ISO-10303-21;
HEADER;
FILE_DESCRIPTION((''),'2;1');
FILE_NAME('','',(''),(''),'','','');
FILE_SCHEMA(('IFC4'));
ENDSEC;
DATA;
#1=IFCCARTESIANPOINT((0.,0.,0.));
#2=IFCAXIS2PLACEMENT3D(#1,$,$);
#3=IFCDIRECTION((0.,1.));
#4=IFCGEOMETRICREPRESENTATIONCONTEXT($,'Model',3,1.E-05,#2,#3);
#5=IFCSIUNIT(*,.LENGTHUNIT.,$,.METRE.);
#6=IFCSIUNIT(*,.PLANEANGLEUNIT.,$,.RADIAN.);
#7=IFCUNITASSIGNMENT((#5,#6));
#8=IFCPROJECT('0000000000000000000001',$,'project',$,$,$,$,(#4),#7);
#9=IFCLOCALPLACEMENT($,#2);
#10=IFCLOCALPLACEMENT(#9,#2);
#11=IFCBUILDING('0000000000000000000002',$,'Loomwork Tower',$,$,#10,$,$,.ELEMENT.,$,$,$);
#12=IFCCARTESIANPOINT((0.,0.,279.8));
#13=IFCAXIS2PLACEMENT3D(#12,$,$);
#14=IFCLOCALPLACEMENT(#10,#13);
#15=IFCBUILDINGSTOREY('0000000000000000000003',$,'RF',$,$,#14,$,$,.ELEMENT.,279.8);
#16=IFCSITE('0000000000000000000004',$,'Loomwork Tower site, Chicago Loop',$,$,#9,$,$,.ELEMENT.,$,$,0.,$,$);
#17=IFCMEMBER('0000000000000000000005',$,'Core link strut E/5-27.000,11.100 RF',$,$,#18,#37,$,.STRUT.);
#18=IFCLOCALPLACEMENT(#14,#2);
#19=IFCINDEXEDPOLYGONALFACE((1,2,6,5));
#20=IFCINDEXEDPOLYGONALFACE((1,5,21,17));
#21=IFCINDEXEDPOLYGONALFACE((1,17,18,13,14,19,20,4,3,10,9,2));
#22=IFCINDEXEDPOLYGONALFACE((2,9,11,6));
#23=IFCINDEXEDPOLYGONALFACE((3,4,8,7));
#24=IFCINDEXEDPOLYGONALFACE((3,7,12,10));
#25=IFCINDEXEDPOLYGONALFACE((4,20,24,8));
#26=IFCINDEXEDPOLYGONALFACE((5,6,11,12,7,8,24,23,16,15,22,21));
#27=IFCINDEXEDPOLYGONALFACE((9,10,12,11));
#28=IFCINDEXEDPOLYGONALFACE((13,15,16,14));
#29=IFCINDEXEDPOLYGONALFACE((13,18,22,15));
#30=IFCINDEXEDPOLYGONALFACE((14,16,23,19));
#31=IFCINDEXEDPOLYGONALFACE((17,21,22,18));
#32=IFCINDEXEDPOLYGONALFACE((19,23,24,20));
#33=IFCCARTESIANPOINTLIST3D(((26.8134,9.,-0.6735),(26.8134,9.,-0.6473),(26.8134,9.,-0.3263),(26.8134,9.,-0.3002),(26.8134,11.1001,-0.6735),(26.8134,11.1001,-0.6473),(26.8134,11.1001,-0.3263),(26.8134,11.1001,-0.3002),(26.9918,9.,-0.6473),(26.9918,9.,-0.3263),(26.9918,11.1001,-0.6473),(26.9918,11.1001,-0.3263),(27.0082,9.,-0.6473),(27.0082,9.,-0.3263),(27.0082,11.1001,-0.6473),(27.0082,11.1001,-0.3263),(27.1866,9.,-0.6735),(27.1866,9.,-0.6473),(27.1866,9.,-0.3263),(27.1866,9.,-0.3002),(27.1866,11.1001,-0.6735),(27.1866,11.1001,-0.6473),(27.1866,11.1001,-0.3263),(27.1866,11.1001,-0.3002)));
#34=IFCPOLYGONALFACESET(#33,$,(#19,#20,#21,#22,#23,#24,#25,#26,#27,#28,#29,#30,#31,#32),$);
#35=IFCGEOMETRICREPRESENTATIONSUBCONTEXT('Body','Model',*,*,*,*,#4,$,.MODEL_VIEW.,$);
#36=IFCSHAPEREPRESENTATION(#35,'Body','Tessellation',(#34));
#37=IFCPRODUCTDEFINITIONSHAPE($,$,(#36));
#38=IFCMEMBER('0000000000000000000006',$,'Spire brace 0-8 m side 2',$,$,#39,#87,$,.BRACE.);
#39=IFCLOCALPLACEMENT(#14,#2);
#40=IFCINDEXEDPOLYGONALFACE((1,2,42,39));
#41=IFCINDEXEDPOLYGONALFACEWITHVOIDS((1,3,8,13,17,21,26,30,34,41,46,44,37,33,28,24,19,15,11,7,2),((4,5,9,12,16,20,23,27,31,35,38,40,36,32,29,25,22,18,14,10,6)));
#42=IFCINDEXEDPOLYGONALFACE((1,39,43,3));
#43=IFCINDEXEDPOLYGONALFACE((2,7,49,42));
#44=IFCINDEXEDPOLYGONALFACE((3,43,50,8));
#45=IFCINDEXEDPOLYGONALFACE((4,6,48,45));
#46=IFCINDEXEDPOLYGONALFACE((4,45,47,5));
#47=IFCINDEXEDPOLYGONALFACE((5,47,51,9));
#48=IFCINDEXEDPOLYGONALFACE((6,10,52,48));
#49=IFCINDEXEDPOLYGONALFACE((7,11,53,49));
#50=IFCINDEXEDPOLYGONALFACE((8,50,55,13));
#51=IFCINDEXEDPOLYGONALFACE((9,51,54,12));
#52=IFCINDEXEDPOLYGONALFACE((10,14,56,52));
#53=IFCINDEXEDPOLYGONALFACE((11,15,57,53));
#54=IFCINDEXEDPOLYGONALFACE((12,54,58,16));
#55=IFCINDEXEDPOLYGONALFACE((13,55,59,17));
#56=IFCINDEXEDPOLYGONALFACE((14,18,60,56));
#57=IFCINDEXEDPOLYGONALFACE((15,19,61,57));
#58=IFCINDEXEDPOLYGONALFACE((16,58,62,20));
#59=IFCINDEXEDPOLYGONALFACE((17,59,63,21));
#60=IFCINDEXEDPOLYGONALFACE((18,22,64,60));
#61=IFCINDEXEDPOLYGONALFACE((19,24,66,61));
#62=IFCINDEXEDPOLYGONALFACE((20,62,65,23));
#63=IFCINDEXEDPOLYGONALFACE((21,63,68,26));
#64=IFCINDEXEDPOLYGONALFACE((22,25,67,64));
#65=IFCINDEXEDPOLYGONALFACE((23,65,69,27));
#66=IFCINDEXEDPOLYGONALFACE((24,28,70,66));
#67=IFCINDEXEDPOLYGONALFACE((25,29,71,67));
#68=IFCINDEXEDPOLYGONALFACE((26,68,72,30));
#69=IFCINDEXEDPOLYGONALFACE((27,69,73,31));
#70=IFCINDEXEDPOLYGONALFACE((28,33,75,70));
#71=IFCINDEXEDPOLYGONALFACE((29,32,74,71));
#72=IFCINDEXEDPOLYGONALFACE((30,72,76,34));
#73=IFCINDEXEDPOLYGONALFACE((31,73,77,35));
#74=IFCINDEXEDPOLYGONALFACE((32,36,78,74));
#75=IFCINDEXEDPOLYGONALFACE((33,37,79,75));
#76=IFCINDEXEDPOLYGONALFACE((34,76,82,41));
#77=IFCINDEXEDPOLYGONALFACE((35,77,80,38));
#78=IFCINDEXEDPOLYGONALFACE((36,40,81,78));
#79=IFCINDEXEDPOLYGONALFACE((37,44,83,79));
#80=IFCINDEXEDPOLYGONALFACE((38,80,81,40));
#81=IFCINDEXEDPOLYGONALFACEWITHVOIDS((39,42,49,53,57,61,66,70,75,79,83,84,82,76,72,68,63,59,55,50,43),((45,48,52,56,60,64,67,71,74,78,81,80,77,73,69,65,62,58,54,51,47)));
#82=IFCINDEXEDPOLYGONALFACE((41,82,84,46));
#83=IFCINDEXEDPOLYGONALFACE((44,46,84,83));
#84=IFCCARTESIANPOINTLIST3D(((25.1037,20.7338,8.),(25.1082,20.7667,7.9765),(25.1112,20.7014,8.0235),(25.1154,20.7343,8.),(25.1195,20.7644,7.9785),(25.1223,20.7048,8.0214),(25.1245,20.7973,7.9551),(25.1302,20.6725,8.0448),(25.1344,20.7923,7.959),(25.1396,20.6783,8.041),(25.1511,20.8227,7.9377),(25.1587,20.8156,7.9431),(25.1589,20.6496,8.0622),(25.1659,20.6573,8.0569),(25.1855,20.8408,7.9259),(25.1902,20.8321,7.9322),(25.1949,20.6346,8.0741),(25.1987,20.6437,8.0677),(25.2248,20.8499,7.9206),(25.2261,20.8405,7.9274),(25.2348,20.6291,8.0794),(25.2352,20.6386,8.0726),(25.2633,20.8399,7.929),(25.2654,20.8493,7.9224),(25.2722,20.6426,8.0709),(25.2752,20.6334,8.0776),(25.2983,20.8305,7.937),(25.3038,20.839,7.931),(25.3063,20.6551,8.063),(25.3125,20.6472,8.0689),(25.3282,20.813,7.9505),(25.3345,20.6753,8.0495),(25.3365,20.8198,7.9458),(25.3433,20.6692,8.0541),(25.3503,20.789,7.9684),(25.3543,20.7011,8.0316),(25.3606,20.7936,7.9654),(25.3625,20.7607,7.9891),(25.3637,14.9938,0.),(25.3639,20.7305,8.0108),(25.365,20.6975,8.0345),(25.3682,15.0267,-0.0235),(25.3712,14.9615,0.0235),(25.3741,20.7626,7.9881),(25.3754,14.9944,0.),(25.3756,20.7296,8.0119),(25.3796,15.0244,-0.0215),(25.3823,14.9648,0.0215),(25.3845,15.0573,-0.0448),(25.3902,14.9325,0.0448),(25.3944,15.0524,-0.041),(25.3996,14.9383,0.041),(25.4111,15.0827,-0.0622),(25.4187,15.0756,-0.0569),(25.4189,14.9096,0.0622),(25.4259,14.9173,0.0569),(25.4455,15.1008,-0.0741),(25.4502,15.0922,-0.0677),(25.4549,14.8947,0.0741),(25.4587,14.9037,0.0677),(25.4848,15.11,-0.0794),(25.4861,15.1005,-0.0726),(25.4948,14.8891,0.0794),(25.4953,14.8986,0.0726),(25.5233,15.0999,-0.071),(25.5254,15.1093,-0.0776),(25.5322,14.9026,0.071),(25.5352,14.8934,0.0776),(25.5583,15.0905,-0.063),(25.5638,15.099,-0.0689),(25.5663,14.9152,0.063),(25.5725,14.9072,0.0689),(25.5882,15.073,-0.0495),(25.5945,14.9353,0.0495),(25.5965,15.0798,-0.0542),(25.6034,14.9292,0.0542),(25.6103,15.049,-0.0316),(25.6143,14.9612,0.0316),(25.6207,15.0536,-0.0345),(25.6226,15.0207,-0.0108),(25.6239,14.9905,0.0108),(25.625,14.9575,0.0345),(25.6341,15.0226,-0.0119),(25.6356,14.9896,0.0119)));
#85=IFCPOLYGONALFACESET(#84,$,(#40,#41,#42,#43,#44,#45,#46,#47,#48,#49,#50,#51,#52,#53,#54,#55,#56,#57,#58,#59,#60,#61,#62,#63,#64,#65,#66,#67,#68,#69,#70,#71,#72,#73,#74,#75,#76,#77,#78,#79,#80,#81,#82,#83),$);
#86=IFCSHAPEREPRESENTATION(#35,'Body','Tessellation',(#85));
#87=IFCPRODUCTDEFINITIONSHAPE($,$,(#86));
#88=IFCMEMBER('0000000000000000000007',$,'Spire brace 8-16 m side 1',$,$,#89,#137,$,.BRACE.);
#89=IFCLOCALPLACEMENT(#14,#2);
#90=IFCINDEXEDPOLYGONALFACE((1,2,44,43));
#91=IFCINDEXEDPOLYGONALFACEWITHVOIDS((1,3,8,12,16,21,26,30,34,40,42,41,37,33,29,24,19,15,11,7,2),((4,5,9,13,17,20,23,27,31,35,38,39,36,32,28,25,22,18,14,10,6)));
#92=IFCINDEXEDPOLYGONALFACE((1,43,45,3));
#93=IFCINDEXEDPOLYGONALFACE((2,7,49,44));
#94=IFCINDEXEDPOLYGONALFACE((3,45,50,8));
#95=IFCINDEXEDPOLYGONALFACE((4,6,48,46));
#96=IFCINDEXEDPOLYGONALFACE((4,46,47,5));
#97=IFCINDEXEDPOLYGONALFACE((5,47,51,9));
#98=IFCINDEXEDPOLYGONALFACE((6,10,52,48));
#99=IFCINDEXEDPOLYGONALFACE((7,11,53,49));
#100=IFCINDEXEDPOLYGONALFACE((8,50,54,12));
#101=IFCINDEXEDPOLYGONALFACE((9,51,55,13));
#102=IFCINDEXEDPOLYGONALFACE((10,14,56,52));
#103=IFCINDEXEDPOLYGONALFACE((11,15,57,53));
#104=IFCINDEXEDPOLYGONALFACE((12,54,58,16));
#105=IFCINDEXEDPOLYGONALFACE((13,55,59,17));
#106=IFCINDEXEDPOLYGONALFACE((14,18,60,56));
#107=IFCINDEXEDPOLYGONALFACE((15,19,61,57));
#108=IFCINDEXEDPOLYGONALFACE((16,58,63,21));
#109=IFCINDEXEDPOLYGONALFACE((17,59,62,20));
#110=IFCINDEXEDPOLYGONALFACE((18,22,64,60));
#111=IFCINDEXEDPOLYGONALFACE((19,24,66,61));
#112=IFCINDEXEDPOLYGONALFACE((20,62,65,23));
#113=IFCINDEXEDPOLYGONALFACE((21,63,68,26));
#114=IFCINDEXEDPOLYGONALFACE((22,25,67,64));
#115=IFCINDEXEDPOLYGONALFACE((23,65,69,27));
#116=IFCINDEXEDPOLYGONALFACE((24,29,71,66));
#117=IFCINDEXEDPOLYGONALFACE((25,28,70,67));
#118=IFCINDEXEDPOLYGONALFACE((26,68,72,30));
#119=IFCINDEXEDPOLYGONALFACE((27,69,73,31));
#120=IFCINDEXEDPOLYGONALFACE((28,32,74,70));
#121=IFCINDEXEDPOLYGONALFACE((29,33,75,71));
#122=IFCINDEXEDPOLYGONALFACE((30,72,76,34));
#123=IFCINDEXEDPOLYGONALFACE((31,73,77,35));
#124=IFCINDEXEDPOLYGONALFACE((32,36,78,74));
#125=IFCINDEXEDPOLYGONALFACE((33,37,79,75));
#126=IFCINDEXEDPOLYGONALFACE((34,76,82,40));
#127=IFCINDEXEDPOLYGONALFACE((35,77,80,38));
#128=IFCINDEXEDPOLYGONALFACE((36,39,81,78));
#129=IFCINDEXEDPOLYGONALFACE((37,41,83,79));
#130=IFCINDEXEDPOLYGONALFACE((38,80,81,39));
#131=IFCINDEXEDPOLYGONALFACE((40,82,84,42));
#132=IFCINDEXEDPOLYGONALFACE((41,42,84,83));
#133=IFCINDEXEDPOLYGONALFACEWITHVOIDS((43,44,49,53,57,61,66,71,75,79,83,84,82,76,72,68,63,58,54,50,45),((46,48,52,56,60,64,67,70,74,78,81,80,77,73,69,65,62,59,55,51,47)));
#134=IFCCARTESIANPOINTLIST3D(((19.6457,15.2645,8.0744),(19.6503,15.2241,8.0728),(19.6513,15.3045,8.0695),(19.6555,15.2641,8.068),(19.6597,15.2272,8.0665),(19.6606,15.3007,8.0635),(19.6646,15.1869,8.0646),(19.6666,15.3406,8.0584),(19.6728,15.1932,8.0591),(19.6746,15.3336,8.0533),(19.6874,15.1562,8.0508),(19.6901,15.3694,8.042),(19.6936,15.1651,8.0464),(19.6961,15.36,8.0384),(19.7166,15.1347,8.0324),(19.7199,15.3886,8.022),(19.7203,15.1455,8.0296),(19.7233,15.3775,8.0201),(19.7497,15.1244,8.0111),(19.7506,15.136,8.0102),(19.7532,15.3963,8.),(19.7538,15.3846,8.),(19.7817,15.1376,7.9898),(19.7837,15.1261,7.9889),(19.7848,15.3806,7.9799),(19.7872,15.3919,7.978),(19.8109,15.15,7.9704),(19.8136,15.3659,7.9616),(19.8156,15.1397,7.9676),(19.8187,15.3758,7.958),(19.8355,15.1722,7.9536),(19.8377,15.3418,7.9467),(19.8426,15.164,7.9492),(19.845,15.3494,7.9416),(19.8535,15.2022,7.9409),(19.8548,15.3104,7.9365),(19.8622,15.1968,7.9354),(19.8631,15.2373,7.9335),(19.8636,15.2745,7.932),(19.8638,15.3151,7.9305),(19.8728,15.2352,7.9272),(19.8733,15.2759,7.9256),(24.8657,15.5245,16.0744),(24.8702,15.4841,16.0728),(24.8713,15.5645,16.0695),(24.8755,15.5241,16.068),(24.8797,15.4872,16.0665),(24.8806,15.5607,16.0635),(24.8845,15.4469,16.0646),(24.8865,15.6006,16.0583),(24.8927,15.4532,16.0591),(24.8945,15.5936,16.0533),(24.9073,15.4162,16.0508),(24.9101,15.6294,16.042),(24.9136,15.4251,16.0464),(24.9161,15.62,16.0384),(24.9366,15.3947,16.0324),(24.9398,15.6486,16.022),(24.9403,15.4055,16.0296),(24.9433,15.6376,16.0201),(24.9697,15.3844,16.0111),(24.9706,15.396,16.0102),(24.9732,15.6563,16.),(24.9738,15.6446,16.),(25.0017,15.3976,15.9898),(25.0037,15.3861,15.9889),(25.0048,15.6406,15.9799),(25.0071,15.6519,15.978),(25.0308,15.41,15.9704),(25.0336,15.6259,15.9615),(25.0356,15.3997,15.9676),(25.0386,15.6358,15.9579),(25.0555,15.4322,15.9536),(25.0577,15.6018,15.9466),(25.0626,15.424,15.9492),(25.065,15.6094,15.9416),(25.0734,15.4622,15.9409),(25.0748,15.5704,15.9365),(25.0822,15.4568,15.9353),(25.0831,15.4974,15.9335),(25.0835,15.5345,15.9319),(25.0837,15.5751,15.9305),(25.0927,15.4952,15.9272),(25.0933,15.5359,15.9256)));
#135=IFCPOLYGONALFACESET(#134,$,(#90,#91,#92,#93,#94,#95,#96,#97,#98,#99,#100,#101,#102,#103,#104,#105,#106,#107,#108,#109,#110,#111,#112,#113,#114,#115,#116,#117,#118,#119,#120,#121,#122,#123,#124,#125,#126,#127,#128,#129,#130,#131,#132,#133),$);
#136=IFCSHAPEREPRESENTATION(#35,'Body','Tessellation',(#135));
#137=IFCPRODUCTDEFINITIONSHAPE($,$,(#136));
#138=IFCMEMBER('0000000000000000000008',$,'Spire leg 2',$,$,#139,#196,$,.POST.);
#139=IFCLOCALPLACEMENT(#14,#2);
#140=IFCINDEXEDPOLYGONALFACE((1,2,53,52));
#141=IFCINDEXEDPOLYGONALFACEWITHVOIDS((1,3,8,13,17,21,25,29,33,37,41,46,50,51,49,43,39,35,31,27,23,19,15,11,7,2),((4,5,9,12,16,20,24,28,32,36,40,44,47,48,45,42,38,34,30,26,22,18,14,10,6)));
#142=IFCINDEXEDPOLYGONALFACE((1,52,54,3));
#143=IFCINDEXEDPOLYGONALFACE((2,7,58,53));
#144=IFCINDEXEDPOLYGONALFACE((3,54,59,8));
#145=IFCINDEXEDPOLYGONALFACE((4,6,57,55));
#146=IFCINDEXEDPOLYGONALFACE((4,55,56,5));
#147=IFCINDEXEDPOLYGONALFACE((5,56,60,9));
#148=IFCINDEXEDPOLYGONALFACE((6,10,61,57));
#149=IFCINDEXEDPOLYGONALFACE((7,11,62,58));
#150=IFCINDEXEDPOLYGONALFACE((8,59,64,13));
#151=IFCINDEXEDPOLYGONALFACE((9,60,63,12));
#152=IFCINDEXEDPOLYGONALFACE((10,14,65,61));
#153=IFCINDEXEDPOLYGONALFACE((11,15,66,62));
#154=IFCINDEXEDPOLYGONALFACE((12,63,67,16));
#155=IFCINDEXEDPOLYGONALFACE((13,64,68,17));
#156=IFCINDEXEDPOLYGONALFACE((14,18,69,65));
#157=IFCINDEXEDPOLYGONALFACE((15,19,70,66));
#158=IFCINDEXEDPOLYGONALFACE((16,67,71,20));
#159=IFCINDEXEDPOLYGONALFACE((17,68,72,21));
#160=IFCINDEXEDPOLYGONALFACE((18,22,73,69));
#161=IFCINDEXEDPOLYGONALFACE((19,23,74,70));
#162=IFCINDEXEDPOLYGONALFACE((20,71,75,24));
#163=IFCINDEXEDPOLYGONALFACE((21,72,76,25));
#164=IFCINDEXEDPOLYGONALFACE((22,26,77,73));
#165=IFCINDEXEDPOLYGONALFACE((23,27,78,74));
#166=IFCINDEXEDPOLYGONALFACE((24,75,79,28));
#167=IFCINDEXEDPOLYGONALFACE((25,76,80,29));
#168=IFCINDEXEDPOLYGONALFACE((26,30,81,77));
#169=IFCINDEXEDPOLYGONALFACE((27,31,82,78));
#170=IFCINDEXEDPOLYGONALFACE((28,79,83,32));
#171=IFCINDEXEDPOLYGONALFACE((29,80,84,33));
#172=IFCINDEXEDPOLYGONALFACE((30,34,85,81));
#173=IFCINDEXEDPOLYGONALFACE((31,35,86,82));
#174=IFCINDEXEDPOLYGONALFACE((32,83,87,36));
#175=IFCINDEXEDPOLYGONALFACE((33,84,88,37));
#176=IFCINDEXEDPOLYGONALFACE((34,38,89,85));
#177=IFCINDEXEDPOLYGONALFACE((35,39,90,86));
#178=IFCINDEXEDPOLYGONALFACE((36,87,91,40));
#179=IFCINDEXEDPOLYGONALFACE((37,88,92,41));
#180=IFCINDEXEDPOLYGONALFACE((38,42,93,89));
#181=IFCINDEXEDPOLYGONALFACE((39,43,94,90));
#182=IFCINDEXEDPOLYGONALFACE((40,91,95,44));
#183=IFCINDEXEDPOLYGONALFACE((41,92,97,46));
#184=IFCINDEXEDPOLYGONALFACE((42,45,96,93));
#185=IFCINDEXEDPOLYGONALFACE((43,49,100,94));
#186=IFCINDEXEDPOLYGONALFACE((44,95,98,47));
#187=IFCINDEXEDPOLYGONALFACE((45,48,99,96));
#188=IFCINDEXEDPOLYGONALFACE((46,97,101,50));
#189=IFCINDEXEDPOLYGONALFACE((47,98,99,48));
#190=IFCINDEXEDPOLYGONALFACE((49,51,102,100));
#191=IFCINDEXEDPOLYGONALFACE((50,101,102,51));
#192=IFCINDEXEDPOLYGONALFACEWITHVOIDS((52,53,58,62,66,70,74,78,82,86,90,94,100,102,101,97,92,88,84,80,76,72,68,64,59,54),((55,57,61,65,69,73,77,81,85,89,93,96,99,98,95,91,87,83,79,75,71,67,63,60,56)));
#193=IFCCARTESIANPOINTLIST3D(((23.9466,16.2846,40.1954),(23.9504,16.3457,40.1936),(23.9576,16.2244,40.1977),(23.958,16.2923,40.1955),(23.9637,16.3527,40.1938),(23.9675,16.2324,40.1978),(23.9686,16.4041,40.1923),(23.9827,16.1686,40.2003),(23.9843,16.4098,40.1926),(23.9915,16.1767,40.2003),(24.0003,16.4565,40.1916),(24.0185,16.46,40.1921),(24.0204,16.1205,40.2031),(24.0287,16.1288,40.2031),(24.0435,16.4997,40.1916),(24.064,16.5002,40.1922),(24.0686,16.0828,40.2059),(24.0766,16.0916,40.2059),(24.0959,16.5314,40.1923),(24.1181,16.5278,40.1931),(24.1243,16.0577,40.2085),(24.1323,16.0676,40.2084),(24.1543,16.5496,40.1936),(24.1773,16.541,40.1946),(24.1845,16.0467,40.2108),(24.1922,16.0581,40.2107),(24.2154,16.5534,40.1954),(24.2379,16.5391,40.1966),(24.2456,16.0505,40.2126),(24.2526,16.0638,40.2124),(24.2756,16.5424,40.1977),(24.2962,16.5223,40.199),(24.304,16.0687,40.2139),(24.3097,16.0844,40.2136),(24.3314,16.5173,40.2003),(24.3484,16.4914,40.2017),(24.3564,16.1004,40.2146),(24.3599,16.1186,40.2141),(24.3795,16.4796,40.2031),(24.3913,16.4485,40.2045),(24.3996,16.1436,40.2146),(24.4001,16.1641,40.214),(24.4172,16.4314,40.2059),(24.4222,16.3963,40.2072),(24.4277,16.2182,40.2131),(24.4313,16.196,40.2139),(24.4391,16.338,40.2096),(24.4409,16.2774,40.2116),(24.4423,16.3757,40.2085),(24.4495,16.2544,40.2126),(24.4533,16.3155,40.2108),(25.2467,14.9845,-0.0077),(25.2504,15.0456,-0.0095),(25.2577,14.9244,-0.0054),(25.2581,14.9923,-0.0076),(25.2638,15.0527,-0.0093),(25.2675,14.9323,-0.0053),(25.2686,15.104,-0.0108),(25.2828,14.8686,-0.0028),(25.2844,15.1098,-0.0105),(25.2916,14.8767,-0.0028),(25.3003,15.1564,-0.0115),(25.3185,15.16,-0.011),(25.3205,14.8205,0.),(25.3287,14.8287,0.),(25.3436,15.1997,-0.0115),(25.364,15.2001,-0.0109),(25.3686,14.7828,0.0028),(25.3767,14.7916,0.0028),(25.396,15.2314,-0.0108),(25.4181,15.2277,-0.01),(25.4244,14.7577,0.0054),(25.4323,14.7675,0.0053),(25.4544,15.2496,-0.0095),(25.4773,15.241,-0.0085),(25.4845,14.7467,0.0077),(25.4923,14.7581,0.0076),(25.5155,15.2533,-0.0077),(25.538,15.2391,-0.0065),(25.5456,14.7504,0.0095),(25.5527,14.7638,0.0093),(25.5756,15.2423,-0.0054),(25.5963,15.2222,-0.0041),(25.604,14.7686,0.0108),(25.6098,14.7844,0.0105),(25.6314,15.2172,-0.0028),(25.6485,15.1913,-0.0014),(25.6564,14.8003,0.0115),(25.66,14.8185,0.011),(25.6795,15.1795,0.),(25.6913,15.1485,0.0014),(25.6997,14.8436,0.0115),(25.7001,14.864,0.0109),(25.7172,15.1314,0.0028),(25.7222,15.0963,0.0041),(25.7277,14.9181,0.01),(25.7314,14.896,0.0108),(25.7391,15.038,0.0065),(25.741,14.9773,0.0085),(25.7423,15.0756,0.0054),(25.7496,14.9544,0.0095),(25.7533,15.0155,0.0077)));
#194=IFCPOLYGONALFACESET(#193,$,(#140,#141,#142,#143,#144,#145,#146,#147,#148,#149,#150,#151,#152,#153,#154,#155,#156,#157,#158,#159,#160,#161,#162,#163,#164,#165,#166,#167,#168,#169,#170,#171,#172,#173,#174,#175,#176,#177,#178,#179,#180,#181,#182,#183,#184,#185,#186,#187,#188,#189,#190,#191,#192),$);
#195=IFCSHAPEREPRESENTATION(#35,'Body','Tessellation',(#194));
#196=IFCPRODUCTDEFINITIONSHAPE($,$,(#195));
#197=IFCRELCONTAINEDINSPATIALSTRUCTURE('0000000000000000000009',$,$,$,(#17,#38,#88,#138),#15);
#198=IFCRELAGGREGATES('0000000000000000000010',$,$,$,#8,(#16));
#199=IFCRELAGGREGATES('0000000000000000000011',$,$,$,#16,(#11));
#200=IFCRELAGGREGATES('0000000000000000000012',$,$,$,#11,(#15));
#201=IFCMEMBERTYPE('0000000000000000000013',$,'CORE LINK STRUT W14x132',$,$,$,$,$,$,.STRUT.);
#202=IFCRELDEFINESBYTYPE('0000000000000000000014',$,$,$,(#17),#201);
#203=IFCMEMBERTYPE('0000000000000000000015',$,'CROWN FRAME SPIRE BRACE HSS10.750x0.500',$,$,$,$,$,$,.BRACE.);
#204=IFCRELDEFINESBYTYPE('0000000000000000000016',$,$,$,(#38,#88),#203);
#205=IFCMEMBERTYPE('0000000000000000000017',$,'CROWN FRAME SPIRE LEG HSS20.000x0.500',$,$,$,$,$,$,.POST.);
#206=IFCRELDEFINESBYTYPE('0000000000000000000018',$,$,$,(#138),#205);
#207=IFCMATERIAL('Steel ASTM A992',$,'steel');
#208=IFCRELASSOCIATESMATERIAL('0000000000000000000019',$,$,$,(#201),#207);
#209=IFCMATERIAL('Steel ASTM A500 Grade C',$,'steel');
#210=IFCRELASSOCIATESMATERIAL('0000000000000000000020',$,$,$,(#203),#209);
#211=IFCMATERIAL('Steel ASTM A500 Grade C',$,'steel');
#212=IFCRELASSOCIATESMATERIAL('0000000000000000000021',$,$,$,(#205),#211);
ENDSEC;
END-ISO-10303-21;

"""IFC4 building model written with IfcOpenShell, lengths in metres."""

from ifc_helpers import new_model, si_unit, direction, frame, origin, origin_2d, place, context, subcontext, project, spatial, hollow_circle, i_section, extrude, material, material_profile, profile_set, type_object, element, save


model = new_model("IFC4")

# Units and contexts
model_context = context("Model", 3, precision=1e-05, world=origin(), true_north=direction((0.0, 1.0)))
body_context = subcontext(model_context, "Body", "Model", "MODEL_VIEW")
ifc_project = project(units=[si_unit("LENGTHUNIT", "METRE"), si_unit("PLANEANGLEUNIT", "RADIAN")], contexts=[model_context])

# Site, building, storey
site_placement = place(None, origin())
site = spatial("IfcSite", under=ifc_project, at=site_placement, Name="Loomwork Tower site, Chicago Loop", CompositionType="ELEMENT", RefElevation=0.0)
building_placement = place(site_placement, origin())
building = spatial("IfcBuilding", under=site, at=building_placement, Name="Loomwork Tower", CompositionType="ELEMENT")
storey_placement = place(building_placement, frame((0.0, 0.0, 279.8)))
storey = spatial("IfcBuildingStorey", under=building, at=storey_placement, Name="RF", CompositionType="ELEMENT", Elevation=279.8)

# Members
ifc_material_1 = material(Name="Steel ASTM A992", Category="steel")
ifc_material_profile_1 = material_profile(ifc_material_1, i_section(OverallWidth=0.3733, OverallDepth=0.3733, WebThickness=0.0164, FlangeThickness=0.0261, at=origin_2d()), Name="W14x132")
ifc_profile_set_1 = profile_set([ifc_material_profile_1], Name="Steel ASTM A992")
member_type_1 = type_object("IfcMemberType", Name="CORE LINK STRUT W14x132", PredefinedType="STRUT", material=ifc_profile_set_1)
member_1_placement = place(storey_placement, frame((27.0, 9.0, -0.4868), z_axis=(0.0, 1.0, 0.0), x_axis=(-1.0, 0.0, 0.0)))
element("IfcMember", 1, at=member_1_placement, inside=storey, type_object=member_type_1, Name="Core link strut E/5-27.000,11.100 RF", PredefinedType="STRUT", context=body_context, shape_type="SweptSolid", body=[
    extrude(i_section(OverallWidth=0.3733, OverallDepth=0.3733, WebThickness=0.0164, FlangeThickness=0.0261, at=origin_2d()), origin(), (0.0, 0.0, 1.0), 2.1001),
])
ifc_material_2 = material(Name="Steel ASTM A500 Grade C", Category="steel")
ifc_material_profile_2 = material_profile(ifc_material_2, hollow_circle(Radius=0.1365, WallThickness=0.0117, at=origin_2d()), Name="HSS10.750x0.500")
ifc_profile_set_2 = profile_set([ifc_material_profile_2], Name="Steel ASTM A500 Grade C")
member_type_2 = type_object("IfcMemberType", Name="CROWN FRAME SPIRE BRACE HSS10.750x0.500", PredefinedType="BRACE", material=ifc_profile_set_2)
member_2_placement = place(storey_placement, frame((25.5, 15.0, 0.0), z_axis=(-0.026398, 0.582762, 0.812214), x_axis=(-0.998976, -0.045252, 0.0)))
element("IfcMember", 2, at=member_2_placement, inside=storey, type_object=member_type_2, Name="Spire brace 0-8 m side 2", PredefinedType="BRACE", context=body_context, shape_type="SweptSolid", body=[
    extrude(hollow_circle(Radius=0.1365, WallThickness=0.0117, at=origin_2d()), origin(), (0.0, 0.0, 1.0), 9.8496),
])
member_3_placement = place(storey_placement, frame((19.76, 15.26, 8.0), z_axis=(0.546255, 0.027209, 0.837177), x_axis=(-0.049749, 0.998762, 0.0)))
element("IfcMember", 3, at=member_3_placement, inside=storey, type_object=member_type_2, Name="Spire brace 8-16 m side 1", PredefinedType="BRACE", context=body_context, shape_type="SweptSolid", body=[
    extrude(hollow_circle(Radius=0.1365, WallThickness=0.0117, at=origin_2d()), origin(), (0.0, 0.0, 1.0), 9.5559),
])
ifc_material_3 = material(Name="Steel ASTM A500 Grade C", Category="steel")
ifc_material_profile_3 = material_profile(ifc_material_3, hollow_circle(Radius=0.2539, WallThickness=0.0117, at=origin_2d()), Name="HSS20.000x0.500")
ifc_profile_set_3 = profile_set([ifc_material_profile_3], Name="Steel ASTM A500 Grade C")
member_type_3 = type_object("IfcMemberType", Name="CROWN FRAME SPIRE LEG HSS20.000x0.500", PredefinedType="POST", material=ifc_profile_set_3)
member_4_placement = place(storey_placement, frame((25.5, 15.0, 0.0), z_axis=(-0.032303, 0.032303, 0.998956), x_axis=(-0.707107, -0.707107, 0.0)))
element("IfcMember", 4, at=member_4_placement, inside=storey, type_object=member_type_3, Name="Spire leg 2", PredefinedType="POST", context=body_context, shape_type="SweptSolid", body=[
    extrude(hollow_circle(Radius=0.2539, WallThickness=0.0117, at=origin_2d()), origin(), (0.0, 0.0, 1.0), 40.2451),
])

save(model, "model.ifc")
